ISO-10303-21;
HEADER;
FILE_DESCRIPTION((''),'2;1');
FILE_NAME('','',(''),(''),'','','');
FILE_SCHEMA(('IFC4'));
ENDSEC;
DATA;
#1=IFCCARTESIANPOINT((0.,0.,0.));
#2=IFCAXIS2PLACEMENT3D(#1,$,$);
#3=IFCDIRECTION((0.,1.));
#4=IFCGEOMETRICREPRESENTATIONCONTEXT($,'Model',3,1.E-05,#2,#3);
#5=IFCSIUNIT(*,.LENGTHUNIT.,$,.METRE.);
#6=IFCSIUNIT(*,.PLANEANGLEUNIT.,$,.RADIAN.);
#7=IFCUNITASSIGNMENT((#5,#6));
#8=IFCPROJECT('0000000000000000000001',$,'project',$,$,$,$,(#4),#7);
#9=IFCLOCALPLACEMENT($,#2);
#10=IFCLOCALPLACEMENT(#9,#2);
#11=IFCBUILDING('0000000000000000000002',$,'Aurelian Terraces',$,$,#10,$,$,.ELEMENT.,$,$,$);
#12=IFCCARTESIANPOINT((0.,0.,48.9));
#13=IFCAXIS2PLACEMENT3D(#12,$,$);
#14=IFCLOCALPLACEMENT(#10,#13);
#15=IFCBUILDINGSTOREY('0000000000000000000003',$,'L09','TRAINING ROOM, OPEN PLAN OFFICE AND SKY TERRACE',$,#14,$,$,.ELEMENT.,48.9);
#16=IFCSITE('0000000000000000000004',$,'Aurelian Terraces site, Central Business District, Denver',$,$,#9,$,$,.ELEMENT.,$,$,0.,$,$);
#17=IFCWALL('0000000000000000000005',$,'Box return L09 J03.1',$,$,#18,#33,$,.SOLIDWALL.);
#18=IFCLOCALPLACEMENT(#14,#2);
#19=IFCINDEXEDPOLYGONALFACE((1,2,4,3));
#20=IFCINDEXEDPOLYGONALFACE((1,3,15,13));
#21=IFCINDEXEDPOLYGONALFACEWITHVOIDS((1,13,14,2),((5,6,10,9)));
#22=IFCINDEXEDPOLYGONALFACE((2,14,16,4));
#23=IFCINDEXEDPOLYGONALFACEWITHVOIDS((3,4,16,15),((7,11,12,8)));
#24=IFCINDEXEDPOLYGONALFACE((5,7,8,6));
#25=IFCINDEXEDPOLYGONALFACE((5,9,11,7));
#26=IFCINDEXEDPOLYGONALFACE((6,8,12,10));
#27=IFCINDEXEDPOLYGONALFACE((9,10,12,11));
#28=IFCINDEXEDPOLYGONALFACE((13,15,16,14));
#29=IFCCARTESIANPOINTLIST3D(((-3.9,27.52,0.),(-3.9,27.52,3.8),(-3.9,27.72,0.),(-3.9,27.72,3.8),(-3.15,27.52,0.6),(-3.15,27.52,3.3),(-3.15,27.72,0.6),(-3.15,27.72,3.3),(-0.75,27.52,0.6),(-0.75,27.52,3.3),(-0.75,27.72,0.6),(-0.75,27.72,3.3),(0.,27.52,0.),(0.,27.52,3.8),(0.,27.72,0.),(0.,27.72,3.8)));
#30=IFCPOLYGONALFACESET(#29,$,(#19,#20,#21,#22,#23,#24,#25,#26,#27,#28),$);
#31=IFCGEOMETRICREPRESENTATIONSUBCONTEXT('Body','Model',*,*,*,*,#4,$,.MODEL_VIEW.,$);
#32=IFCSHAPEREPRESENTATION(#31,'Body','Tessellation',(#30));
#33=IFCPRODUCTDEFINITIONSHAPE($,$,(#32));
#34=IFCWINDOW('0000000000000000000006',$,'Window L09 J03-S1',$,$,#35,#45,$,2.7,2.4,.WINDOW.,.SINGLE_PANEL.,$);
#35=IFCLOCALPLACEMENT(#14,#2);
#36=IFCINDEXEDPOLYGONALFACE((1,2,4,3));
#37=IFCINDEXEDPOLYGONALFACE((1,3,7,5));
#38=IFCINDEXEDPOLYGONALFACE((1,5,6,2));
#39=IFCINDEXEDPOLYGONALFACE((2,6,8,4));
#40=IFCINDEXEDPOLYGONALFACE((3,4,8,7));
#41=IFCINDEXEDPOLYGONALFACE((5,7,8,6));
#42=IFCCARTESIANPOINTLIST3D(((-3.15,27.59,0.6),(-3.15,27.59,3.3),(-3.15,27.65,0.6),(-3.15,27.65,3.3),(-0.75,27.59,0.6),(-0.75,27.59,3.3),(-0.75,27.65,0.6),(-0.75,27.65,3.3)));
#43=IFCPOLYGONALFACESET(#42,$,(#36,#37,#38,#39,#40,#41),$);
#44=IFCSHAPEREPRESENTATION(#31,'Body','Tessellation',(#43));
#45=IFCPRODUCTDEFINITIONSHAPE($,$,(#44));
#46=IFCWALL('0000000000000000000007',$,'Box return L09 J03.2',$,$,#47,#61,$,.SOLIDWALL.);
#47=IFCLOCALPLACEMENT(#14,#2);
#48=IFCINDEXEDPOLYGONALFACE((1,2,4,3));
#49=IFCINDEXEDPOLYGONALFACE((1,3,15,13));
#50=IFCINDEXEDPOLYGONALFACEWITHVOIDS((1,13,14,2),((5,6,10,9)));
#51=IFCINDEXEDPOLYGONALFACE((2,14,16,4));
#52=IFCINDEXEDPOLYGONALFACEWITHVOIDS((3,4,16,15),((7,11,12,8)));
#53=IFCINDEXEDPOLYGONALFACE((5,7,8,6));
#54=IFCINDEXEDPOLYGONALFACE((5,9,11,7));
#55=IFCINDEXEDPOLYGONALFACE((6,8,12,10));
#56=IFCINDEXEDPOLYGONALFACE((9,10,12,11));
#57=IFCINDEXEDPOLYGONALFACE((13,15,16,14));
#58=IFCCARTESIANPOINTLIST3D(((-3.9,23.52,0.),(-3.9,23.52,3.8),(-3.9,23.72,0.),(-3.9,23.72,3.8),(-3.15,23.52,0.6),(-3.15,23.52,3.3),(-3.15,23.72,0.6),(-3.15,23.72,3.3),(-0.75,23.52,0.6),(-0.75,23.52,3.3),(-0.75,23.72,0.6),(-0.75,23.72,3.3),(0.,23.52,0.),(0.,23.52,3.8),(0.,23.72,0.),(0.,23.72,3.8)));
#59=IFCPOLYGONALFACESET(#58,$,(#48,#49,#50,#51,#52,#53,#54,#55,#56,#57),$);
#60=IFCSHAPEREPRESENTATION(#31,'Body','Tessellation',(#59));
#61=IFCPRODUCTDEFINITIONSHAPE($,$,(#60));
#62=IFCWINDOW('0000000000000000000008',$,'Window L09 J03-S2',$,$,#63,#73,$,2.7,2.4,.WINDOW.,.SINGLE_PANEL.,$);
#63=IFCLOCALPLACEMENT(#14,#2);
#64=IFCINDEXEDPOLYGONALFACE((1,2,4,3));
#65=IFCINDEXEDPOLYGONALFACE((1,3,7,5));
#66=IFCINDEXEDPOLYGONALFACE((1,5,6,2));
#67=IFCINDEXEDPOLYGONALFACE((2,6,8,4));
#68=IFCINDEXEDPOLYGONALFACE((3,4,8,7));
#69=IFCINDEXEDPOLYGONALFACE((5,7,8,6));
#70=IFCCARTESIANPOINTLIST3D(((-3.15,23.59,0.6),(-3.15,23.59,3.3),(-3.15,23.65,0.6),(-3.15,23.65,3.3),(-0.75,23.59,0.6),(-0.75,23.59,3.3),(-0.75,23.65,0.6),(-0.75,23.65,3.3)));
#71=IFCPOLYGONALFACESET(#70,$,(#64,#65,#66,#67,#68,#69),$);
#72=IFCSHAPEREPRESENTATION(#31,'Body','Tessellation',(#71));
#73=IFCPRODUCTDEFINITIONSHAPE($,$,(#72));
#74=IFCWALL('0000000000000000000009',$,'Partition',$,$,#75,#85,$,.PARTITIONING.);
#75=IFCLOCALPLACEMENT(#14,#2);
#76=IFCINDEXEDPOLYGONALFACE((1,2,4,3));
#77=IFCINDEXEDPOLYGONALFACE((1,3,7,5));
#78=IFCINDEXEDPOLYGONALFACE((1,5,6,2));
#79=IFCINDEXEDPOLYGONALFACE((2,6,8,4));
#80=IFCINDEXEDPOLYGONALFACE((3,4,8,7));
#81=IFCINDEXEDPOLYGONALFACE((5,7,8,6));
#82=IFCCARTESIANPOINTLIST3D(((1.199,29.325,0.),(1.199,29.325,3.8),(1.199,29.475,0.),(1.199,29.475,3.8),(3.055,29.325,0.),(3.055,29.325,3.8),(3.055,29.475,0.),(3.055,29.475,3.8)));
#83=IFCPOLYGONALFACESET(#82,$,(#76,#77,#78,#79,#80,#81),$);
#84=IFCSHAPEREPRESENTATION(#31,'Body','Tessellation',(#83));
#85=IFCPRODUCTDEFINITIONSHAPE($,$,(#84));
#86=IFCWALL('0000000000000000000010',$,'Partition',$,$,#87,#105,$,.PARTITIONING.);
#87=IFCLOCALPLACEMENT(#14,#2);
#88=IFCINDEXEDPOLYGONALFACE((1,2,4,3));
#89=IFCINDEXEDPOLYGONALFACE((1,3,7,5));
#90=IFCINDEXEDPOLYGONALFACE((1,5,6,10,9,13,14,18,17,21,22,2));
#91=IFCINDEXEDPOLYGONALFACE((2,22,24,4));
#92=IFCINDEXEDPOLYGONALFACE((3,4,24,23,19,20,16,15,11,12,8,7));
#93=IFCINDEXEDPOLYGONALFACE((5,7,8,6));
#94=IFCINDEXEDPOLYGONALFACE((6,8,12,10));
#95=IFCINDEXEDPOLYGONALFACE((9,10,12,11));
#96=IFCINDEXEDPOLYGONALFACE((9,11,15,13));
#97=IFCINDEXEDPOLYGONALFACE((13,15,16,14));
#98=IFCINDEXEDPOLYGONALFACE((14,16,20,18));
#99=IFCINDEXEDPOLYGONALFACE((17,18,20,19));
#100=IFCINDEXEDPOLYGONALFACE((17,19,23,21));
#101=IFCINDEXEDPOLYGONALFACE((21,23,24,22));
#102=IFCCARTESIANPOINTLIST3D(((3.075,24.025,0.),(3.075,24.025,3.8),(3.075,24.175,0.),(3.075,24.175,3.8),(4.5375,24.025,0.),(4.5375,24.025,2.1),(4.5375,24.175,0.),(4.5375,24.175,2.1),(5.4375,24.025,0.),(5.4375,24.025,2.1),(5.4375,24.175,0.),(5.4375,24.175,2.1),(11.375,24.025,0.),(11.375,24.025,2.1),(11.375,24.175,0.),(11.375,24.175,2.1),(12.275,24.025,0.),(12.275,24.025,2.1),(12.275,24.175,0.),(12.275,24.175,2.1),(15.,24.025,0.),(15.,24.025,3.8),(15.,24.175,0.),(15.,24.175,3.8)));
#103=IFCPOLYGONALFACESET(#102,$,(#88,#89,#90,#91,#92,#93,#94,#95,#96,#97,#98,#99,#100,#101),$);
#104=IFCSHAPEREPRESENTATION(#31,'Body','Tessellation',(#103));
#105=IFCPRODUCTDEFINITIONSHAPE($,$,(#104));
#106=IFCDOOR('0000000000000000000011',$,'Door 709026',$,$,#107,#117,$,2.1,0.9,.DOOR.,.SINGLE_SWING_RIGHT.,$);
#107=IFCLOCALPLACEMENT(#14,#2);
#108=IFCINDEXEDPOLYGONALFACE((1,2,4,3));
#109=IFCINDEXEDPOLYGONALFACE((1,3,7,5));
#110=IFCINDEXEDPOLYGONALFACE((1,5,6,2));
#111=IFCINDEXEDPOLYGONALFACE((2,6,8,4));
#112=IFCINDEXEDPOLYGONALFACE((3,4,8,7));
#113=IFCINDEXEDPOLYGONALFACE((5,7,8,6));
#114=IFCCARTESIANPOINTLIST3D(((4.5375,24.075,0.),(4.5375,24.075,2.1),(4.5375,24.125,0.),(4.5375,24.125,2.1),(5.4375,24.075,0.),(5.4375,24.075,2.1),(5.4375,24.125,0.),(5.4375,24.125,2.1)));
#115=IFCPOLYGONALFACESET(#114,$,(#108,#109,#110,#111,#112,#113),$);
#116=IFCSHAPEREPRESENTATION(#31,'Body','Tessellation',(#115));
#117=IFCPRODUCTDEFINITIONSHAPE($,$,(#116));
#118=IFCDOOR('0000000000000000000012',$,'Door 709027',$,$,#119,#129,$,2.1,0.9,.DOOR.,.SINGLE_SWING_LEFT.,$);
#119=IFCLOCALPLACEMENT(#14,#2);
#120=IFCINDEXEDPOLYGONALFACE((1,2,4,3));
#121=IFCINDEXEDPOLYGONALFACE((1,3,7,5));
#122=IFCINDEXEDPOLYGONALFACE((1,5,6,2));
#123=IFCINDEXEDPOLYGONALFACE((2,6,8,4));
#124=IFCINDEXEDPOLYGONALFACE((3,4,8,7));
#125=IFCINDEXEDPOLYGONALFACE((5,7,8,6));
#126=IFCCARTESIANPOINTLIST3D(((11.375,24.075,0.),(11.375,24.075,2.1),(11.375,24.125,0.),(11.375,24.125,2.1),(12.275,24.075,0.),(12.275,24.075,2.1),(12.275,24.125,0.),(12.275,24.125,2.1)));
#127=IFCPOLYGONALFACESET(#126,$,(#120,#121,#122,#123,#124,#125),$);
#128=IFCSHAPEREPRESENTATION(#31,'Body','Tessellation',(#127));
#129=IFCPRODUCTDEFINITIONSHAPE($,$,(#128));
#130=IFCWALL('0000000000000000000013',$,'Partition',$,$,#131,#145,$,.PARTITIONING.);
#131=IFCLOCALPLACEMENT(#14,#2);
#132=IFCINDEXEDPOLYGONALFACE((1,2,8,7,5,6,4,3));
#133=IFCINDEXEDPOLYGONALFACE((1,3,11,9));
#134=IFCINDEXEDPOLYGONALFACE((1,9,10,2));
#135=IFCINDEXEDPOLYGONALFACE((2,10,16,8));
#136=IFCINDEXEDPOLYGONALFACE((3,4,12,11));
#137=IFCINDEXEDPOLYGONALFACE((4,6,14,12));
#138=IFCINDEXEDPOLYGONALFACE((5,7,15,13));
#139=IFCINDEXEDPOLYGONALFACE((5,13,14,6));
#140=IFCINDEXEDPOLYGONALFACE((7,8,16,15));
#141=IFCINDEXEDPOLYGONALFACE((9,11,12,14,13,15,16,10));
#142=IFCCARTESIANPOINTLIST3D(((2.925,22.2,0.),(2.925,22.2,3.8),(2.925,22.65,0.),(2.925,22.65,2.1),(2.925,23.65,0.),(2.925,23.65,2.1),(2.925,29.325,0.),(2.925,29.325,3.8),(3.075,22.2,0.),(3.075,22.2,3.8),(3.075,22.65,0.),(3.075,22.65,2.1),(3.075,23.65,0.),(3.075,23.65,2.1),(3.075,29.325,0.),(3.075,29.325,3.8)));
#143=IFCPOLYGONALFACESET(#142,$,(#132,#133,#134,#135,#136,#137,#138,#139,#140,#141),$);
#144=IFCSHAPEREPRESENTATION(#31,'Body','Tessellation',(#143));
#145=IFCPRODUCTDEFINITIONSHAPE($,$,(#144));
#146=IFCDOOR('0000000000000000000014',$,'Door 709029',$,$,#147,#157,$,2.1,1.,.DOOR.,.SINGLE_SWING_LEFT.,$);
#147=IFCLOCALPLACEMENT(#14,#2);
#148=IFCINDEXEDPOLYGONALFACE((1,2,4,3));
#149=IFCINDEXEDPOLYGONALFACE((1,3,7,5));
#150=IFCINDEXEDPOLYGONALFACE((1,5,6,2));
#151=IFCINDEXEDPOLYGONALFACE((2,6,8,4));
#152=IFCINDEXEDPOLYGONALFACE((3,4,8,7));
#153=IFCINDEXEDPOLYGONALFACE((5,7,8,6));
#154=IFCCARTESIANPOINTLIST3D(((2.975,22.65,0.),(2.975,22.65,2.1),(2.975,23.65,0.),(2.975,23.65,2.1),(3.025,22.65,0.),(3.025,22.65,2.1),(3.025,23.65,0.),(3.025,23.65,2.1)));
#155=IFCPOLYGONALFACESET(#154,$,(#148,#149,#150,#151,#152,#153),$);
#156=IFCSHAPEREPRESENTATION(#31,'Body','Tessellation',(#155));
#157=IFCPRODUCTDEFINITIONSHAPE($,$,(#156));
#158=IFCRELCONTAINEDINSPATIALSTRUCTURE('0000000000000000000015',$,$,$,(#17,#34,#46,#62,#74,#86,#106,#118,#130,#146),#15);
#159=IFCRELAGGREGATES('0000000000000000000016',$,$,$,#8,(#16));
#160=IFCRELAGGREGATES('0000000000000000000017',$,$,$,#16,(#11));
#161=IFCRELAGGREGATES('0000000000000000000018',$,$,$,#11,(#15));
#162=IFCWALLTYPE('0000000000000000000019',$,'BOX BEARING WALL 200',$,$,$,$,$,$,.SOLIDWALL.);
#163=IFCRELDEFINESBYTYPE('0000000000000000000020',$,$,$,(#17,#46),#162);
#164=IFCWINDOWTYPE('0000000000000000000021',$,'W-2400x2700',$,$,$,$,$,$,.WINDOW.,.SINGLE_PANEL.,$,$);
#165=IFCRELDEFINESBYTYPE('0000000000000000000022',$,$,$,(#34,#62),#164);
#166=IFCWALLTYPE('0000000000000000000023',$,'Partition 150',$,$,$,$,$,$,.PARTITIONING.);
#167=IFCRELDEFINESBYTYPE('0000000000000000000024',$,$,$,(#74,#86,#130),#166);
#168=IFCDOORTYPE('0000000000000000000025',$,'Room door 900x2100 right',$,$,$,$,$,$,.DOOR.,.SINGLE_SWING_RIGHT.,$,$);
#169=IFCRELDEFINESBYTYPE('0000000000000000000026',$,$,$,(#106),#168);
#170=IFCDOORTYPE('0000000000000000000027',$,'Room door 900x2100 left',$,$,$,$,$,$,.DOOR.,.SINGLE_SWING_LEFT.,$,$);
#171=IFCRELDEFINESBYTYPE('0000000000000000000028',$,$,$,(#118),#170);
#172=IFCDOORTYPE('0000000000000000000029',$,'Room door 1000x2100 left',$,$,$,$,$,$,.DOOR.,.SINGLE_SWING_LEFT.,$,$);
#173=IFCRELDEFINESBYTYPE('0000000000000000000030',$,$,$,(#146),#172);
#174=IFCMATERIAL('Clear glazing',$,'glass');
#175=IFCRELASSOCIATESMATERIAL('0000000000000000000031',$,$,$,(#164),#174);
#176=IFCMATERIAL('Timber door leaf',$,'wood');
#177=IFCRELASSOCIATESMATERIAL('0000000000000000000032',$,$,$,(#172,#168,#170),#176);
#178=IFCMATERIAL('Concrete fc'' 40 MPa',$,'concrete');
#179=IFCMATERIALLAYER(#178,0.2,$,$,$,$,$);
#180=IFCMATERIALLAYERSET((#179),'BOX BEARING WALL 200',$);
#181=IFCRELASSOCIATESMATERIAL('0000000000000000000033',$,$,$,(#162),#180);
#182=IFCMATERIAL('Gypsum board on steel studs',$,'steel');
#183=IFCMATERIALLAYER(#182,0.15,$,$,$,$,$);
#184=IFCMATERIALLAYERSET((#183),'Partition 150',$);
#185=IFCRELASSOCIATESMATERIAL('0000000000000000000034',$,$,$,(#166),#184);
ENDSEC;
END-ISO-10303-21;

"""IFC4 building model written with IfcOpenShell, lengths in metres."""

from ifc_helpers import new_model, si_unit, direction, frame, frame_2d, origin, place, context, subcontext, project, spatial, rectangle, extrude, source, transform, mapped, material, layer, layer_set, type_object, element, fill, save


model = new_model("IFC4")

# Units and contexts
model_context = context("Model", 3, precision=1e-05, world=origin(), true_north=direction((0.0, 1.0)))
body_context = subcontext(model_context, "Body", "Model", "MODEL_VIEW")
ifc_project = project(units=[si_unit("LENGTHUNIT", "METRE"), si_unit("PLANEANGLEUNIT", "RADIAN")], contexts=[model_context])

# Site, building, storey
site_placement = place(None, origin())
site = spatial("IfcSite", under=ifc_project, at=site_placement, Name="Aurelian Terraces site, Central Business District, Denver", CompositionType="ELEMENT", RefElevation=0.0)
building_placement = place(site_placement, origin())
building = spatial("IfcBuilding", under=site, at=building_placement, Name="Aurelian Terraces", CompositionType="ELEMENT")
storey_placement = place(building_placement, frame((0.0, 0.0, 48.9)))
storey = spatial("IfcBuildingStorey", under=building, at=storey_placement, Name="L09", Description="TRAINING ROOM, OPEN PLAN OFFICE AND SKY TERRACE", CompositionType="ELEMENT", Elevation=48.9)

# Shared definitions
ifc_material_1 = material(Name="Concrete fc' 40 MPa", Category="concrete")
ifc_material_2 = material(Name="Clear glazing", Category="glass")

# Shared definitions
window_type_1 = type_object("IfcWindowType", Name="W-2400x2700", PartitioningType="SINGLE_PANEL", PredefinedType="WINDOW", material=ifc_material_2)
shared_shape_1 = source(origin(), body_context, "Body", "SweptSolid", [
    extrude(rectangle(XDim=2.4, YDim=2.7, at=frame_2d((1.2, 1.35))), frame((0.0, 0.03, 0.0), z_axis=(0.0, -1.0, 0.0), x_axis=(1.0, 0.0, 0.0)), (0.0, 0.0, 1.0), 0.06),
])

# Shared definitions
ifc_material_3 = material(Name="Timber door leaf", Category="wood")
door_type_1 = type_object("IfcDoorType", Name="Room door 1000x2100 left", OperationType="SINGLE_SWING_LEFT", PredefinedType="DOOR", material=ifc_material_3)
shared_shape_2 = source(origin(), body_context, "Body", "SweptSolid", [
    extrude(rectangle(XDim=1.0, YDim=2.1, at=frame_2d((0.5, 1.05))), frame((0.0, 0.025, 0.0), z_axis=(0.0, -1.0, 0.0), x_axis=(1.0, 0.0, 0.0)), (0.0, 0.0, 1.0), 0.05),
])

# Walls, openings, windows
ifc_layer_1 = layer(ifc_material_1, 0.2)
ifc_layer_set_1 = layer_set([ifc_layer_1], Name="BOX BEARING WALL 200")
wall_type_1 = type_object("IfcWallType", Name="BOX BEARING WALL 200", PredefinedType="SOLIDWALL", material=ifc_layer_set_1)
shared_shape_3 = source(origin(), body_context, "Body", "SweptSolid", [
    extrude(rectangle(XDim=3.9, YDim=0.2, at=frame_2d((1.95, 0.0))), origin(), (0.0, 0.0, 1.0), 3.8),
])
wall_1_placement = place(storey_placement, frame((0.0, 27.62, 0.0), z_axis=(0.0, 0.0, 1.0), x_axis=(-1.0, 0.0, 0.0)))
wall_1 = element("IfcWall", 1, at=wall_1_placement, inside=storey, type_object=wall_type_1, Name="Box return L09 J03.1", PredefinedType="SOLIDWALL", context=body_context, shape_type="MappedRepresentation", body=[
    mapped(shared_shape_3, transform((0.0, 0.0, 0.0), scale=1.0)),
])
shared_shape_4 = source(origin(), body_context, "Body", "SweptSolid", [
    extrude(rectangle(XDim=2.4, YDim=2.7, at=frame_2d((1.2, 1.35))), frame((0.0, 0.11, 0.0), z_axis=(0.0, -1.0, 0.0), x_axis=(1.0, 0.0, 0.0)), (0.0, 0.0, 1.0), 0.22),
])
opening_1_placement = place(wall_1_placement, frame((0.75, 0.0, 0.6)))
opening_1 = element("IfcOpeningElement", 2, at=opening_1_placement, cuts=wall_1, PredefinedType="OPENING", context=body_context, shape_type="MappedRepresentation", body=[
    mapped(shared_shape_4, transform((0.0, 0.0, 0.0), scale=1.0)),
])
window_1_placement = place(opening_1_placement, origin())
window_1 = element("IfcWindow", 3, at=window_1_placement, inside=storey, type_object=window_type_1, Name="Window L09 J03-S1", OverallHeight=2.7, OverallWidth=2.4, PartitioningType="SINGLE_PANEL", PredefinedType="WINDOW", context=body_context, shape_type="MappedRepresentation", body=[
    mapped(shared_shape_1, transform((0.0, 0.0, 0.0), scale=1.0)),
])
fill(opening_1, window_1)
wall_2_placement = place(storey_placement, frame((0.0, 23.62, 0.0), z_axis=(0.0, 0.0, 1.0), x_axis=(-1.0, 0.0, 0.0)))
wall_2 = element("IfcWall", 4, at=wall_2_placement, inside=storey, type_object=wall_type_1, Name="Box return L09 J03.2", PredefinedType="SOLIDWALL", context=body_context, shape_type="MappedRepresentation", body=[
    mapped(shared_shape_3, transform((0.0, 0.0, 0.0), scale=1.0)),
])
opening_2_placement = place(wall_2_placement, frame((0.75, 0.0, 0.6)))
opening_2 = element("IfcOpeningElement", 5, at=opening_2_placement, cuts=wall_2, PredefinedType="OPENING", context=body_context, shape_type="MappedRepresentation", body=[
    mapped(shared_shape_4, transform((0.0, 0.0, 0.0), scale=1.0)),
])
window_2_placement = place(opening_2_placement, origin())
window_2 = element("IfcWindow", 6, at=window_2_placement, inside=storey, type_object=window_type_1, Name="Window L09 J03-S2", OverallHeight=2.7, OverallWidth=2.4, PartitioningType="SINGLE_PANEL", PredefinedType="WINDOW", context=body_context, shape_type="MappedRepresentation", body=[
    mapped(shared_shape_1, transform((0.0, 0.0, 0.0), scale=1.0)),
])
fill(opening_2, window_2)

# Wall
ifc_material_4 = material(Name="Gypsum board on steel studs", Category="steel")
ifc_layer_2 = layer(ifc_material_4, 0.15)
ifc_layer_set_2 = layer_set([ifc_layer_2], Name="Partition 150")
wall_type_2 = type_object("IfcWallType", Name="Partition 150", PredefinedType="PARTITIONING", material=ifc_layer_set_2)
shared_shape_5 = source(origin(), body_context, "Body", "SweptSolid", [
    extrude(rectangle(XDim=1.856, YDim=0.15, at=frame_2d((0.928, 0.0))), origin(), (0.0, 0.0, 1.0), 3.8),
])
wall_3_placement = place(storey_placement, frame((3.055, 29.4, 0.0), z_axis=(0.0, 0.0, 1.0), x_axis=(-1.0, 0.0, 0.0)))
element("IfcWall", 7, at=wall_3_placement, inside=storey, type_object=wall_type_2, Name="Partition", PredefinedType="PARTITIONING", context=body_context, shape_type="MappedRepresentation", body=[
    mapped(shared_shape_5, transform((0.0, 0.0, 0.0), scale=1.0)),
])

# Wall, openings, doors
shared_shape_6 = source(origin(), body_context, "Body", "SweptSolid", [
    extrude(rectangle(XDim=11.925, YDim=0.15, at=frame_2d((5.9625, 0.0))), origin(), (0.0, 0.0, 1.0), 3.8),
])
wall_4_placement = place(storey_placement, frame((3.075, 24.1, 0.0), z_axis=(0.0, 0.0, 1.0), x_axis=(1.0, 0.0, 0.0)))
wall_4 = element("IfcWall", 8, at=wall_4_placement, inside=storey, type_object=wall_type_2, Name="Partition", PredefinedType="PARTITIONING", context=body_context, shape_type="MappedRepresentation", body=[
    mapped(shared_shape_6, transform((0.0, 0.0, 0.0), scale=1.0)),
])
shared_shape_7 = source(origin(), body_context, "Body", "SweptSolid", [
    extrude(rectangle(XDim=0.9, YDim=2.1, at=frame_2d((0.45, 1.05))), frame((0.0, 0.085, 0.0), z_axis=(0.0, -1.0, 0.0), x_axis=(1.0, 0.0, 0.0)), (0.0, 0.0, 1.0), 0.17),
])
opening_3_placement = place(wall_4_placement, frame((1.4625, 0.0, 0.0)))
opening_3 = element("IfcOpeningElement", 9, at=opening_3_placement, cuts=wall_4, PredefinedType="OPENING", context=body_context, shape_type="MappedRepresentation", body=[
    mapped(shared_shape_7, transform((0.0, 0.0, 0.0), scale=1.0)),
])
opening_4_placement = place(wall_4_placement, frame((8.3, 0.0, 0.0)))
opening_4 = element("IfcOpeningElement", 10, at=opening_4_placement, cuts=wall_4, PredefinedType="OPENING", context=body_context, shape_type="MappedRepresentation", body=[
    mapped(shared_shape_7, transform((0.0, 0.0, 0.0), scale=1.0)),
])
door_type_2 = type_object("IfcDoorType", Name="Room door 900x2100 right", OperationType="SINGLE_SWING_RIGHT", PredefinedType="DOOR", material=ifc_material_3)
shared_shape_8 = source(origin(), body_context, "Body", "SweptSolid", [
    extrude(rectangle(XDim=0.9, YDim=2.1, at=frame_2d((0.45, 1.05))), frame((0.0, 0.025, 0.0), z_axis=(0.0, -1.0, 0.0), x_axis=(1.0, 0.0, 0.0)), (0.0, 0.0, 1.0), 0.05),
])
door_1_placement = place(opening_3_placement, origin())
door_1 = element("IfcDoor", 11, at=door_1_placement, inside=storey, type_object=door_type_2, Name="Door 709026", OperationType="SINGLE_SWING_RIGHT", OverallHeight=2.1, OverallWidth=0.9, PredefinedType="DOOR", context=body_context, shape_type="MappedRepresentation", body=[
    mapped(shared_shape_8, transform((0.0, 0.0, 0.0), scale=1.0)),
])
fill(opening_3, door_1)
door_type_3 = type_object("IfcDoorType", Name="Room door 900x2100 left", OperationType="SINGLE_SWING_LEFT", PredefinedType="DOOR", material=ifc_material_3)
door_2_placement = place(opening_4_placement, origin())
door_2 = element("IfcDoor", 12, at=door_2_placement, inside=storey, type_object=door_type_3, Name="Door 709027", OperationType="SINGLE_SWING_LEFT", OverallHeight=2.1, OverallWidth=0.9, PredefinedType="DOOR", context=body_context, shape_type="MappedRepresentation", body=[
    mapped(shared_shape_8, transform((0.0, 0.0, 0.0), scale=1.0)),
])
fill(opening_4, door_2)

# Wall, opening, door
shared_shape_9 = source(origin(), body_context, "Body", "SweptSolid", [
    extrude(rectangle(XDim=7.125, YDim=0.15, at=frame_2d((3.5625, 0.0))), origin(), (0.0, 0.0, 1.0), 3.8),
])
wall_5_placement = place(storey_placement, frame((3.0, 29.325, 0.0), z_axis=(0.0, 0.0, 1.0), x_axis=(0.0, -1.0, 0.0)))
wall_5 = element("IfcWall", 13, at=wall_5_placement, inside=storey, type_object=wall_type_2, Name="Partition", PredefinedType="PARTITIONING", context=body_context, shape_type="MappedRepresentation", body=[
    mapped(shared_shape_9, transform((0.0, 0.0, 0.0), scale=1.0)),
])
shared_shape_10 = source(origin(), body_context, "Body", "SweptSolid", [
    extrude(rectangle(XDim=1.0, YDim=2.1, at=frame_2d((0.5, 1.05))), frame((0.0, 0.085, 0.0), z_axis=(0.0, -1.0, 0.0), x_axis=(1.0, 0.0, 0.0)), (0.0, 0.0, 1.0), 0.17),
])
opening_5_placement = place(wall_5_placement, frame((5.675, 0.0, 0.0)))
opening_5 = element("IfcOpeningElement", 14, at=opening_5_placement, cuts=wall_5, PredefinedType="OPENING", context=body_context, shape_type="MappedRepresentation", body=[
    mapped(shared_shape_10, transform((0.0, 0.0, 0.0), scale=1.0)),
])
door_3_placement = place(opening_5_placement, origin())
door_3 = element("IfcDoor", 15, at=door_3_placement, inside=storey, type_object=door_type_1, Name="Door 709029", OperationType="SINGLE_SWING_LEFT", OverallHeight=2.1, OverallWidth=1.0, PredefinedType="DOOR", context=body_context, shape_type="MappedRepresentation", body=[
    mapped(shared_shape_2, transform((0.0, 0.0, 0.0), scale=1.0)),
])
fill(opening_5, door_3)

save(model, "model.ifc")
